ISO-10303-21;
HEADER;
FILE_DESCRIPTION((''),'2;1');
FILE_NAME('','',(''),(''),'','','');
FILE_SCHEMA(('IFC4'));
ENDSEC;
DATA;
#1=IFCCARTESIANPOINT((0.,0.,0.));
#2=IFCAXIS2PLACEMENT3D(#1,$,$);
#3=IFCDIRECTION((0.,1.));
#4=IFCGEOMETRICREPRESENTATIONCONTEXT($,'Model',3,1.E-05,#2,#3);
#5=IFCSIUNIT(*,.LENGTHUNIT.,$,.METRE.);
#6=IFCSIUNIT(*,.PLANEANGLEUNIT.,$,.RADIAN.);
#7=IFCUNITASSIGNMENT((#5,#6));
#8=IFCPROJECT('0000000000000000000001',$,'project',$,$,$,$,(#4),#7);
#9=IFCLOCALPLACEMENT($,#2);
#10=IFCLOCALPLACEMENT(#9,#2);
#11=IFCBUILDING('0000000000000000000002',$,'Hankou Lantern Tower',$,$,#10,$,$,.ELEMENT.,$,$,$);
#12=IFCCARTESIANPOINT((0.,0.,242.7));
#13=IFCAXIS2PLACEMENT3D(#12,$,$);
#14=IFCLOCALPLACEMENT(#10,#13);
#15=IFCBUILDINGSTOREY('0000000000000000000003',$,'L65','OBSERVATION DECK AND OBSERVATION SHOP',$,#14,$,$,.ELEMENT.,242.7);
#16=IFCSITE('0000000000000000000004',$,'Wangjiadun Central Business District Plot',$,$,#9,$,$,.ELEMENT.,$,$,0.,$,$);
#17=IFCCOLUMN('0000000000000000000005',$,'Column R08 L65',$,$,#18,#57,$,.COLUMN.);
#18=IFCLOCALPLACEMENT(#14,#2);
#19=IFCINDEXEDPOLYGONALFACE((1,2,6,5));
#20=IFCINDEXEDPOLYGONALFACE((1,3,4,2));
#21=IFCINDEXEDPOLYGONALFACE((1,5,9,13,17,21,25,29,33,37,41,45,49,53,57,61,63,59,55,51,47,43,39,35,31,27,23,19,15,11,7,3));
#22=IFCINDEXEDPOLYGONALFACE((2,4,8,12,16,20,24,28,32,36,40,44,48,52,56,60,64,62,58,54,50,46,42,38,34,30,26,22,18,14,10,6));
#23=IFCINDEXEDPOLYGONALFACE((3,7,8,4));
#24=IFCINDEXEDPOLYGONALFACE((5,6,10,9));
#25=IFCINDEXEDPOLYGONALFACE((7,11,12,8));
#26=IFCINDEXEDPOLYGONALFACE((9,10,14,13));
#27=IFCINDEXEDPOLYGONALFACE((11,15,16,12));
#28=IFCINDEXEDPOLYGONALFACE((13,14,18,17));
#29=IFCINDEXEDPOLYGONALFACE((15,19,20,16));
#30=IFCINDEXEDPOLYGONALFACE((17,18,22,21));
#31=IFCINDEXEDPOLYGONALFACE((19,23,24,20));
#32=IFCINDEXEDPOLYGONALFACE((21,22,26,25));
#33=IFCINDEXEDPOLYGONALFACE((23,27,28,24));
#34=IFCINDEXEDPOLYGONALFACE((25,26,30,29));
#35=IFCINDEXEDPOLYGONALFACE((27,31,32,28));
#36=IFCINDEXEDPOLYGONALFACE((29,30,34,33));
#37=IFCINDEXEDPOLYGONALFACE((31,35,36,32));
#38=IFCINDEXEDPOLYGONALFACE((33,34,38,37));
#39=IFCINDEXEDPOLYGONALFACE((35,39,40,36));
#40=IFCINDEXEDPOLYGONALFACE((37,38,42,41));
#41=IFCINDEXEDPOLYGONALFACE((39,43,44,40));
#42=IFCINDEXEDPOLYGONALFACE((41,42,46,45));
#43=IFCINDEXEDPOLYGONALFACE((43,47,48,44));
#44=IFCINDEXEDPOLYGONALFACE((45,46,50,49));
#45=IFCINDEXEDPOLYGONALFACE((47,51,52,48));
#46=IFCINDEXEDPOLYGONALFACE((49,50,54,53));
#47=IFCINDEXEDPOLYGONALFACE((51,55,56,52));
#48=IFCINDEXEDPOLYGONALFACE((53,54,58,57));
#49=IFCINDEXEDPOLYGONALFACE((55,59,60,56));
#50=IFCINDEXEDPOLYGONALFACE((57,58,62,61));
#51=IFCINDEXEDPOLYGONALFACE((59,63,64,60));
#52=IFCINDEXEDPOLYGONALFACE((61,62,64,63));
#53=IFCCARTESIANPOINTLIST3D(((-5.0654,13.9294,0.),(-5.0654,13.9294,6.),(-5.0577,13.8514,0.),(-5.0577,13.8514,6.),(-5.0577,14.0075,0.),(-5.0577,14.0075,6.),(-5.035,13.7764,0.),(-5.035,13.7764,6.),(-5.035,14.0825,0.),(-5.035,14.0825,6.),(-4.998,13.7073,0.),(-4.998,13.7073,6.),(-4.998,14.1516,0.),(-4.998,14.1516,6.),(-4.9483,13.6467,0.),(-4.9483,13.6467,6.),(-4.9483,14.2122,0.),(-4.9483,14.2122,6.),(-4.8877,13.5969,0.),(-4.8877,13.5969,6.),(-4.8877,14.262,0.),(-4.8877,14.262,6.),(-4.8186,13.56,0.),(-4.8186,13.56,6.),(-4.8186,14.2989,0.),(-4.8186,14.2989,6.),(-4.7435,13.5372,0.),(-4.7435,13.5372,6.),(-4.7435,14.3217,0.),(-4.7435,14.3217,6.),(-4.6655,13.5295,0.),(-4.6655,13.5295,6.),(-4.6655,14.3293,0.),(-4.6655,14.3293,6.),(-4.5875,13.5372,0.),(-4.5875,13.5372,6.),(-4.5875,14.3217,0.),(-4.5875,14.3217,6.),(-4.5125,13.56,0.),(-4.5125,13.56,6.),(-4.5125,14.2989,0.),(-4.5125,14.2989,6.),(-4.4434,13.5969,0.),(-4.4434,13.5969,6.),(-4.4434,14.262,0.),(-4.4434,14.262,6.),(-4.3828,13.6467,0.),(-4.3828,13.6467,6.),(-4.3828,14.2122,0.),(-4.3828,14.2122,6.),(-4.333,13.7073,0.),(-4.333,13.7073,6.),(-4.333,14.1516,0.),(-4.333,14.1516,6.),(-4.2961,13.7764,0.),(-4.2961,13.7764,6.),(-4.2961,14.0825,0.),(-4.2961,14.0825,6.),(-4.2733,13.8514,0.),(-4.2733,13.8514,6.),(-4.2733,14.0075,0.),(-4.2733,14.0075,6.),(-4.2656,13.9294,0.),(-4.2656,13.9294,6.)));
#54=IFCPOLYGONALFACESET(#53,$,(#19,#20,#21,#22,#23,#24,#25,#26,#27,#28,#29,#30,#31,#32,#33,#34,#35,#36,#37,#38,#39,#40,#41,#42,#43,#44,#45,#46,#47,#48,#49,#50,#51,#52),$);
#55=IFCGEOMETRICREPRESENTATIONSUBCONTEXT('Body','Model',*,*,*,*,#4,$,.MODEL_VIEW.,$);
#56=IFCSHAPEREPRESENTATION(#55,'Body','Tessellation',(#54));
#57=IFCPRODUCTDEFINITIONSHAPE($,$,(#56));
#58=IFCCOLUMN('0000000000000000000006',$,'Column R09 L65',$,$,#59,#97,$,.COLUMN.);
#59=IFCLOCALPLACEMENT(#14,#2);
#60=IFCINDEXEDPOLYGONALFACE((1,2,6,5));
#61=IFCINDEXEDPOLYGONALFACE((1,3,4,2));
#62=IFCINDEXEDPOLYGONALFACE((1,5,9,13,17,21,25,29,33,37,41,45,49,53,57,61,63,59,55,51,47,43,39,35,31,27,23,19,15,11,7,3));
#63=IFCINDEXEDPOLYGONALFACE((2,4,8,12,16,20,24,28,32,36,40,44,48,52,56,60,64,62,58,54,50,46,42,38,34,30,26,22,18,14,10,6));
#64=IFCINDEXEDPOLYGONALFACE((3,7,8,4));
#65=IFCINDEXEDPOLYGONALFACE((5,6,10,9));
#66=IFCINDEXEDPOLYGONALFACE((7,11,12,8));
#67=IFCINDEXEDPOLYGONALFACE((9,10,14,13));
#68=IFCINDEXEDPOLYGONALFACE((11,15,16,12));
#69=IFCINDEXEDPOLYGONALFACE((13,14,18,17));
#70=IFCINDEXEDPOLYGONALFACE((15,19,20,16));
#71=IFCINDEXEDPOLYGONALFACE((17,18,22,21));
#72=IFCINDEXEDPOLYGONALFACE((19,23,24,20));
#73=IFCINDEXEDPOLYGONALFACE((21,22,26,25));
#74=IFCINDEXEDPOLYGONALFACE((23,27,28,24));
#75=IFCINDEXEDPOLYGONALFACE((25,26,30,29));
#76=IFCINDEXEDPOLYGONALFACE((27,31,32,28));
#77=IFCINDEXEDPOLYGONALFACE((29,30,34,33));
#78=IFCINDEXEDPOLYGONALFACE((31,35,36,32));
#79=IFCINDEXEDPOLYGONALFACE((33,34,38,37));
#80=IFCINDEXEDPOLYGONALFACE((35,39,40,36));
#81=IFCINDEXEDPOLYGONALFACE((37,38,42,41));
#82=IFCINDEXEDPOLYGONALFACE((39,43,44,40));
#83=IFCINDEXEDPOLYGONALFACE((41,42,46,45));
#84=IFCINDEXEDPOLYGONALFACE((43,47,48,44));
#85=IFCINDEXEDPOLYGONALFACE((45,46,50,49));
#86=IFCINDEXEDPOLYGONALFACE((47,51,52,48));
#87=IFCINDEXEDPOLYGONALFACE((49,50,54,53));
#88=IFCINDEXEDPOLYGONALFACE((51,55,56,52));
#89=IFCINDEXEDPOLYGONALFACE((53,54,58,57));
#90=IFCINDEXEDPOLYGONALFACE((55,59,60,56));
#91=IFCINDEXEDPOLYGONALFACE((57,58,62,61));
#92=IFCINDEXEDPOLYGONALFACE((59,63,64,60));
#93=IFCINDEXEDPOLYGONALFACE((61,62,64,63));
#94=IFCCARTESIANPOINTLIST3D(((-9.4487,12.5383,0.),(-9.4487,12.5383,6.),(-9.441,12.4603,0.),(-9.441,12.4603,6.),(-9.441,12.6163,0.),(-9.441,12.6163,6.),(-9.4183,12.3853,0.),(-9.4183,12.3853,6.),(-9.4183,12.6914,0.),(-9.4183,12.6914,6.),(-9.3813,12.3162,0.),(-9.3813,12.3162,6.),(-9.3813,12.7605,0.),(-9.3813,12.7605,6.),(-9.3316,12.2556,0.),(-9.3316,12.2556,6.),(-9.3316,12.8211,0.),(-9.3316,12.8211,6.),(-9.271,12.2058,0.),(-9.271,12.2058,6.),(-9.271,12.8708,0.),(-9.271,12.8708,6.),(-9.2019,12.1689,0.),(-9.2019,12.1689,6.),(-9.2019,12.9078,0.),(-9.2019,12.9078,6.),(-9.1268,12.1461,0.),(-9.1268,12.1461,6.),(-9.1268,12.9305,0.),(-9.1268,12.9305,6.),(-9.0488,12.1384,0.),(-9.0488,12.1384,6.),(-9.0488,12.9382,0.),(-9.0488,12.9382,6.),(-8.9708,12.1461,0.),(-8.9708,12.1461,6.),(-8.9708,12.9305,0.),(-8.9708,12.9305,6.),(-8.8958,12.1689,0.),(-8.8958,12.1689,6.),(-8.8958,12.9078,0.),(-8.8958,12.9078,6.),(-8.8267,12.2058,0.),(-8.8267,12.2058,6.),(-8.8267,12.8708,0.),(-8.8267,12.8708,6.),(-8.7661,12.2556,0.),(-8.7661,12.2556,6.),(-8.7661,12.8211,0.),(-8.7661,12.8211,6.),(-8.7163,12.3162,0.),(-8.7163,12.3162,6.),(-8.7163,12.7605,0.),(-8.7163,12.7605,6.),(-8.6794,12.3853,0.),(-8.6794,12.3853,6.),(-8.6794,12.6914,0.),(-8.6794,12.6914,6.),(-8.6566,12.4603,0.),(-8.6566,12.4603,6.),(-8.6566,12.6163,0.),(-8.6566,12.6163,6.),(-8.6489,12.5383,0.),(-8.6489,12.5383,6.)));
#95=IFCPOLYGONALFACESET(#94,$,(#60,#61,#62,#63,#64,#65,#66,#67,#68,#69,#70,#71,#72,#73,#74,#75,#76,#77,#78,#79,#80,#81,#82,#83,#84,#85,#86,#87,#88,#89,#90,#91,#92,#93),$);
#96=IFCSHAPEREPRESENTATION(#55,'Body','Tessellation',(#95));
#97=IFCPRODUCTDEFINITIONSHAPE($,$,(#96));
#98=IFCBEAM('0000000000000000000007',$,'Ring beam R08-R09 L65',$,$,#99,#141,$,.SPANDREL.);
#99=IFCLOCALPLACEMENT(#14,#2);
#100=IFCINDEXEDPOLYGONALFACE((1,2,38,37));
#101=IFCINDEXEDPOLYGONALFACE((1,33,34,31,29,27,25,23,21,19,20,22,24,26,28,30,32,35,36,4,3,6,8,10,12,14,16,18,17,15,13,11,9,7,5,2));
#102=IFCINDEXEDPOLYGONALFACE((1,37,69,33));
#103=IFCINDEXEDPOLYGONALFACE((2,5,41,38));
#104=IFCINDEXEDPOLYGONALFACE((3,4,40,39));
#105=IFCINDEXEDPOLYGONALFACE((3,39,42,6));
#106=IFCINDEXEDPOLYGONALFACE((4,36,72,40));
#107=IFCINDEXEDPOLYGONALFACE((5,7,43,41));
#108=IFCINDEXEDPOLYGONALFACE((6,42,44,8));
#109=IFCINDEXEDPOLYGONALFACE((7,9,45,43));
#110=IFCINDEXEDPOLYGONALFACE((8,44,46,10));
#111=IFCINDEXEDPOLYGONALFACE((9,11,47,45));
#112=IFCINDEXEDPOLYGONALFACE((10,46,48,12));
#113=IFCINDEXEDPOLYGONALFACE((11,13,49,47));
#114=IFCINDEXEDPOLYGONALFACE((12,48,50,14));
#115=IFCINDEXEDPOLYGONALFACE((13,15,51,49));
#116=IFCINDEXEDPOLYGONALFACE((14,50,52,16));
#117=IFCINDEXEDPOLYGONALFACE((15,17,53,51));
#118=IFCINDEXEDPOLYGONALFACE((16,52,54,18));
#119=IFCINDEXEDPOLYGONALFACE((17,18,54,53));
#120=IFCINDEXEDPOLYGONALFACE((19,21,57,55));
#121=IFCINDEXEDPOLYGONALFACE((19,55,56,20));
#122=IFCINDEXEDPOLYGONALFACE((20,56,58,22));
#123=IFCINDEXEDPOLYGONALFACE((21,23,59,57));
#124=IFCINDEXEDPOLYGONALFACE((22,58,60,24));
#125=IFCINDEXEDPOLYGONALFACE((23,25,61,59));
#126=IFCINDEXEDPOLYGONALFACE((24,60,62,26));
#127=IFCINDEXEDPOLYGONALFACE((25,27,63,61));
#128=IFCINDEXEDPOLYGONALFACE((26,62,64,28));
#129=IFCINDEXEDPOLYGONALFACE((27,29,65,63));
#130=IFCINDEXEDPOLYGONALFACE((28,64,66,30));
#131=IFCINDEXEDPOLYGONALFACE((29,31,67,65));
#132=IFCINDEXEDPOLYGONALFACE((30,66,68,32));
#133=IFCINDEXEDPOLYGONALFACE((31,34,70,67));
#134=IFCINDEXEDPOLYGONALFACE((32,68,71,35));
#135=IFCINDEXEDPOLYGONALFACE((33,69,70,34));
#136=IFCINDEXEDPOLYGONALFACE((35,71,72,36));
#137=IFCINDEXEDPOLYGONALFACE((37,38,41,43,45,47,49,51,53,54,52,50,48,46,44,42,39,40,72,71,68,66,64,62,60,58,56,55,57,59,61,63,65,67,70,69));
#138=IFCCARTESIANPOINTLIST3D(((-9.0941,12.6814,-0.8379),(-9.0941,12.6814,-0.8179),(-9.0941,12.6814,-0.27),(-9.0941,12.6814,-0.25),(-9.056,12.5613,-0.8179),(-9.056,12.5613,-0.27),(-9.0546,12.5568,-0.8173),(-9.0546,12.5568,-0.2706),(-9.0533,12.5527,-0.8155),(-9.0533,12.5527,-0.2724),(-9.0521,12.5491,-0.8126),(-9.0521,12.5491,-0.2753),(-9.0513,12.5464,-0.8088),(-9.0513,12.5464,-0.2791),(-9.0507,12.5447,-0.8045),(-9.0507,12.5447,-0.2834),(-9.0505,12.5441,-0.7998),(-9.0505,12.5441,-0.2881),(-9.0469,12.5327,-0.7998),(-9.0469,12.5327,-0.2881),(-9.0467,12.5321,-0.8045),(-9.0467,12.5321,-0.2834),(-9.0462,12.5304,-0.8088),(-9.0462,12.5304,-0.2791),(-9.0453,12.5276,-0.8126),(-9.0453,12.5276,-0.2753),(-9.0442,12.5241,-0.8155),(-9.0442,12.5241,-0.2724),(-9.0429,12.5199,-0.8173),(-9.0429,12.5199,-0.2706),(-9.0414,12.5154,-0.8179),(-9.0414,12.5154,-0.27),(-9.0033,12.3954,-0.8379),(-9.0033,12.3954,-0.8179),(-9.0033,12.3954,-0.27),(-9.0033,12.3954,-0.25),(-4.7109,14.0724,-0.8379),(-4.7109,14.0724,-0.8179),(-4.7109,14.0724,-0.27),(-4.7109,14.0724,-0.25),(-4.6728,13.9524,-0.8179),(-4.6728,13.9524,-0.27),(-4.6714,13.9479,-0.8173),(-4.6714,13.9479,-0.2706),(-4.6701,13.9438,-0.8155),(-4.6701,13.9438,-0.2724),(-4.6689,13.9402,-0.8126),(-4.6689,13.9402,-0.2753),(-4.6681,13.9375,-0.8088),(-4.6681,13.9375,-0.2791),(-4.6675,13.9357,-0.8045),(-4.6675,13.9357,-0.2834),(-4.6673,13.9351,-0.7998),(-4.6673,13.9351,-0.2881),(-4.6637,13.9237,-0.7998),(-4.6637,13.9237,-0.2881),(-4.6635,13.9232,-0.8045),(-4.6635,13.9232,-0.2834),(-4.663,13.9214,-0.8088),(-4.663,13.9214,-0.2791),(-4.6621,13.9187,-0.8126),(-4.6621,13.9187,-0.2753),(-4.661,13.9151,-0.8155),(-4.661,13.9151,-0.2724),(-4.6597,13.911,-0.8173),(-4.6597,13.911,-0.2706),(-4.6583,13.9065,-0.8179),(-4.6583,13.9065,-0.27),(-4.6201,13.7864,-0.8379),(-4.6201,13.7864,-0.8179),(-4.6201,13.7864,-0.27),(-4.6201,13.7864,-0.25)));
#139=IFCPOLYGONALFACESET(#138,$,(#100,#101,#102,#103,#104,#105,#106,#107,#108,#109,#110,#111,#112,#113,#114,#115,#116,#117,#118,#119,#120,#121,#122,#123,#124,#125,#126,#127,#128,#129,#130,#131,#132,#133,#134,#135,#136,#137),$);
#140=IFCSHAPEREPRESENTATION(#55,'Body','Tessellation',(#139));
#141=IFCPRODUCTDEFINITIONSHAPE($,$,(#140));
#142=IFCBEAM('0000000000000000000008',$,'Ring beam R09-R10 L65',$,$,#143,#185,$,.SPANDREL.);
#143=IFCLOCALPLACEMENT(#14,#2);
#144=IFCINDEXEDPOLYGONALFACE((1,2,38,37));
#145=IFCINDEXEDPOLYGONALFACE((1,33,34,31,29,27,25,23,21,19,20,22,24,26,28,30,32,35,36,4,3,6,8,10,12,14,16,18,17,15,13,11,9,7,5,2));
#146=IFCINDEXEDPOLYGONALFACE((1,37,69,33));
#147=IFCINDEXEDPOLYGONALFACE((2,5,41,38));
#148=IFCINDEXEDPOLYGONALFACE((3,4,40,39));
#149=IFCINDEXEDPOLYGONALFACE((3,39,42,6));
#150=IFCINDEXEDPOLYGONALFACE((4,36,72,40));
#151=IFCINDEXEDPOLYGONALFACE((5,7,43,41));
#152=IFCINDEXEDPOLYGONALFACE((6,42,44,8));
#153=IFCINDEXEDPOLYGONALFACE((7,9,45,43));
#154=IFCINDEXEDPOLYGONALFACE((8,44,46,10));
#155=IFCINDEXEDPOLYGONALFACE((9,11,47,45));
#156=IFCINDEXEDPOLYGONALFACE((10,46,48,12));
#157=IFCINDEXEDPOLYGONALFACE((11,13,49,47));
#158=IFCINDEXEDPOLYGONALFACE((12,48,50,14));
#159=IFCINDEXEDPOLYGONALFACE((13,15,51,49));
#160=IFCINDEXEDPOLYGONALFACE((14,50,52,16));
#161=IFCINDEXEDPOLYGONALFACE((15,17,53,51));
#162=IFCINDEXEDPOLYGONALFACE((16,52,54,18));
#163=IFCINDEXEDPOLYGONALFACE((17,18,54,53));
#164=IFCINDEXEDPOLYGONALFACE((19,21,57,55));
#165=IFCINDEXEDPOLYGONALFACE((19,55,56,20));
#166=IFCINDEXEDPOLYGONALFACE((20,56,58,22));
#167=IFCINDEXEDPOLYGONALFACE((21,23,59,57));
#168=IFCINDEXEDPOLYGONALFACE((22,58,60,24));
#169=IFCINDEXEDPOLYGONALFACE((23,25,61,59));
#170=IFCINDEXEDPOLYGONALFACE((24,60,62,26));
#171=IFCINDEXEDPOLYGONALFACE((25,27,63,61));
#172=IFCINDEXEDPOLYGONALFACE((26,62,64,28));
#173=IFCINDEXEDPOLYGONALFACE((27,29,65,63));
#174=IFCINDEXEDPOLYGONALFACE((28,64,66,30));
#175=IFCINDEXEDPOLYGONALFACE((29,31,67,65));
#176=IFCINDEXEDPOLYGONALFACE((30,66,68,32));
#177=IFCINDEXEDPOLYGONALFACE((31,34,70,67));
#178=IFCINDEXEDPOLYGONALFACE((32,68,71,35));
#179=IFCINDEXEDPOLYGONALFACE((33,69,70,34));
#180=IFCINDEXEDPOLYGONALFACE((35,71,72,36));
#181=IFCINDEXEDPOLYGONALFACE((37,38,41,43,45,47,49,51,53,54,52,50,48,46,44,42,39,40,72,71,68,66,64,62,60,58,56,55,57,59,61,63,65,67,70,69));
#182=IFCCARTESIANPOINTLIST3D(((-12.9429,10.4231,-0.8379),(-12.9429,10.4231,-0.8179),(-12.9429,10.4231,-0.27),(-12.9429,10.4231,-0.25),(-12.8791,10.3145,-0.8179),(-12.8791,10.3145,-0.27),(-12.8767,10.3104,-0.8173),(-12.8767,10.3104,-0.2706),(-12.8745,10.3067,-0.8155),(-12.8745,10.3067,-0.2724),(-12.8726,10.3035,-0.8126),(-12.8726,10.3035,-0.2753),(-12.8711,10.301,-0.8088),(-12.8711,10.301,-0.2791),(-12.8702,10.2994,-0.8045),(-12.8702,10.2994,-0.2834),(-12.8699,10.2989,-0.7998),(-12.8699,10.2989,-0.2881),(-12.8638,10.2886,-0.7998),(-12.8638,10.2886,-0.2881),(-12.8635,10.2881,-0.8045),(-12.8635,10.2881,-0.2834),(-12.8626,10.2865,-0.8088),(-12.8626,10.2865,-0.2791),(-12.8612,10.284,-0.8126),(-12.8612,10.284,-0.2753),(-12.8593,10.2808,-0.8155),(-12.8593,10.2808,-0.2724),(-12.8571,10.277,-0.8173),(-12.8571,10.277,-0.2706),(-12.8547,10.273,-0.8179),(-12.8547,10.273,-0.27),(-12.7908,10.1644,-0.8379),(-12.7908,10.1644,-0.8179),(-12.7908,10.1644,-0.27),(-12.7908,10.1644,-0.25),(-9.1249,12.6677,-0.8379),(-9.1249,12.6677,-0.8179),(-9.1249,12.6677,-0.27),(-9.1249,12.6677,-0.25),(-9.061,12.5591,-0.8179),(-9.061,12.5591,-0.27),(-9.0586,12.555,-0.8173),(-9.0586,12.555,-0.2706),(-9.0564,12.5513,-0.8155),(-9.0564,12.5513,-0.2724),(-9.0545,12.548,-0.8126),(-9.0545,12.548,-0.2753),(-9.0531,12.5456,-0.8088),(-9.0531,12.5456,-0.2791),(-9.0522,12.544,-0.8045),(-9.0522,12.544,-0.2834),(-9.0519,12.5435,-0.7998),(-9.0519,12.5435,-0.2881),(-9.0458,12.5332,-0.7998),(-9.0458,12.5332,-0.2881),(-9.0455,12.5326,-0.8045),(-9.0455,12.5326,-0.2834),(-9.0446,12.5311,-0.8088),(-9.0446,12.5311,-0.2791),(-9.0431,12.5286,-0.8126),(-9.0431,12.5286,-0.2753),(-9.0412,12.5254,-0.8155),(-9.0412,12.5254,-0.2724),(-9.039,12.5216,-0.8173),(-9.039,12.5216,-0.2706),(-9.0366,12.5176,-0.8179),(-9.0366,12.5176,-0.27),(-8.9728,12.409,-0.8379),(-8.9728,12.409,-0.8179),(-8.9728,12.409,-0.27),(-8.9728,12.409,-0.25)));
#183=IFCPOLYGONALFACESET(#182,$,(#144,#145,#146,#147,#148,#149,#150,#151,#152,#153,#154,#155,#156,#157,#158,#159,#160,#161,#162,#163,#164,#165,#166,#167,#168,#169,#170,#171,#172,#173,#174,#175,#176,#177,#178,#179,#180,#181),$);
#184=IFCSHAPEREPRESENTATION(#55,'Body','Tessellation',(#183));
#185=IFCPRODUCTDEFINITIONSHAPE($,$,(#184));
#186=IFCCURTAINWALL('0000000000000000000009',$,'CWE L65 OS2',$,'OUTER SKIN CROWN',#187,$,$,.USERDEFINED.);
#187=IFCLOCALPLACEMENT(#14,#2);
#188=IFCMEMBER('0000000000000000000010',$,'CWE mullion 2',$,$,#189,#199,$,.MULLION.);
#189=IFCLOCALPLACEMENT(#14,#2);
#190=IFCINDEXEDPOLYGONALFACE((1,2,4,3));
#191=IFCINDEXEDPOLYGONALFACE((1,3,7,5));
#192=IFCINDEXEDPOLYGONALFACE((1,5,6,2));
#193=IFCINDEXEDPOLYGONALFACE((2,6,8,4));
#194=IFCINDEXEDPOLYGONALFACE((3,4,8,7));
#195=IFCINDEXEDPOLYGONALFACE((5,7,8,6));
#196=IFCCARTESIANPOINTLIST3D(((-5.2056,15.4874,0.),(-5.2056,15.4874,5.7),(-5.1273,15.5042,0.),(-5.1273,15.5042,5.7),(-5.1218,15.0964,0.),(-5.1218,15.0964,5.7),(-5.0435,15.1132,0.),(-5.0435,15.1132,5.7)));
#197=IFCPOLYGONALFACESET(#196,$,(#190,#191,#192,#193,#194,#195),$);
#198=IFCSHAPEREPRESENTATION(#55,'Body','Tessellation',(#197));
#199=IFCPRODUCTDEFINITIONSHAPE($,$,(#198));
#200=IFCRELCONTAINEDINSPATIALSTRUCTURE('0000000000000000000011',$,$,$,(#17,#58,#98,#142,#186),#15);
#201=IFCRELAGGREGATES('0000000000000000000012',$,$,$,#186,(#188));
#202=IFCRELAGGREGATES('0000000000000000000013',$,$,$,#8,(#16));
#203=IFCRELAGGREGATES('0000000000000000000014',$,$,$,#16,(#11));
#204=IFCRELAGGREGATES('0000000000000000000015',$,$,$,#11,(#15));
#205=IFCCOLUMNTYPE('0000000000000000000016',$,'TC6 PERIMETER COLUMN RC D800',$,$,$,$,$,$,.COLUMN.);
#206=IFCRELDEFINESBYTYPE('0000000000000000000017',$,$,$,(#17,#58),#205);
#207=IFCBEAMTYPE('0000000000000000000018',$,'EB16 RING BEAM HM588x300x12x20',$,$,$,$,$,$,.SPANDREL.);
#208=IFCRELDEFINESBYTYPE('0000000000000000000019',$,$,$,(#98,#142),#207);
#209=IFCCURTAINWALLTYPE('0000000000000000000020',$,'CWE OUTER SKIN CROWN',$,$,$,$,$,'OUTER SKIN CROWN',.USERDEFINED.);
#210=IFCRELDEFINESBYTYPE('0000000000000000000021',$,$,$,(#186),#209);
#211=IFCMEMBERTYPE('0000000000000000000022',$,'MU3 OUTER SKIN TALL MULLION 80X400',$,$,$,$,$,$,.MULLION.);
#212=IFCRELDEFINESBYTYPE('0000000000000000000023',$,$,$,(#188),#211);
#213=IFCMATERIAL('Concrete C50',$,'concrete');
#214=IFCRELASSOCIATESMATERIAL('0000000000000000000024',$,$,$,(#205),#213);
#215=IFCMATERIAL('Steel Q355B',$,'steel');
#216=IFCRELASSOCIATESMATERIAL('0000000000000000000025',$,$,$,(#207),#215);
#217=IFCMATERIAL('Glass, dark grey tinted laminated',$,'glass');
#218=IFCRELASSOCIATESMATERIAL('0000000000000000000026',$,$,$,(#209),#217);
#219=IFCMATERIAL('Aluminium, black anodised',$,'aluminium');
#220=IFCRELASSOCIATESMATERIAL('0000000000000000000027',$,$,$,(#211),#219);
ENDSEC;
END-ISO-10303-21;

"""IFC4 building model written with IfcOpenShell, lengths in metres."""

from ifc_helpers import new_model, si_unit, direction, frame, origin, origin_2d, place, context, subcontext, project, spatial, rectangle, circle, i_section, extrude, material, material_profile, profile_set, type_object, element, aggregate, save


model = new_model("IFC4")

# Units and contexts
model_context = context("Model", 3, precision=1e-05, world=origin(), true_north=direction((0.0, 1.0)))
body_context = subcontext(model_context, "Body", "Model", "MODEL_VIEW")
ifc_project = project(units=[si_unit("LENGTHUNIT", "METRE"), si_unit("PLANEANGLEUNIT", "RADIAN")], contexts=[model_context])

# Site, building, storey
site_placement = place(None, origin())
site = spatial("IfcSite", under=ifc_project, at=site_placement, Name="Wangjiadun Central Business District Plot", CompositionType="ELEMENT", RefElevation=0.0)
building_placement = place(site_placement, origin())
building = spatial("IfcBuilding", under=site, at=building_placement, Name="Hankou Lantern Tower", CompositionType="ELEMENT")
storey_placement = place(building_placement, frame((0.0, 0.0, 242.7)))
storey = spatial("IfcBuildingStorey", under=building, at=storey_placement, Name="L65", Description="OBSERVATION DECK AND OBSERVATION SHOP", CompositionType="ELEMENT", Elevation=242.7)

# Columns
ifc_material_1 = material(Name="Concrete C50", Category="concrete")
ifc_material_profile_1 = material_profile(ifc_material_1, circle(Radius=0.3999, at=origin_2d()), Name="RC D800")
ifc_profile_set_1 = profile_set([ifc_material_profile_1], Name="Concrete C50")
column_type = type_object("IfcColumnType", Name="TC6 PERIMETER COLUMN RC D800", PredefinedType="COLUMN", material=ifc_profile_set_1)
for number, where, z_axis, x_axis, name in (
    (1, (-4.6655, 13.9294, 0.0), (0.0, 0.0, 1.0), (1.0, 0.0, 0.0), "Column R08 L65"),
    (2, (-9.0488, 12.5383, 0.0), (0.0, 0.0, 1.0), (1.0, 0.0, 0.0), "Column R09 L65"),
):
    element("IfcColumn", number, at=place(storey_placement, frame(where, z_axis=z_axis, x_axis=x_axis)), inside=storey, type_object=column_type, Name=name, PredefinedType="COLUMN", context=body_context, shape_type="SweptSolid", body=[
        extrude(circle(Radius=0.3999, at=origin_2d()), origin(), (0.0, 0.0, 1.0), 6.0),
    ])

# Beams
ifc_material_2 = material(Name="Steel Q355B", Category="steel")
ifc_material_profile_2 = material_profile(ifc_material_2, i_section(OverallWidth=0.3, OverallDepth=0.5879, WebThickness=0.012, FlangeThickness=0.02, FilletRadius=0.0181, at=origin_2d()), Name="HM588x300x12x20")
ifc_profile_set_2 = profile_set([ifc_material_profile_2], Name="Steel Q355B")
beam_type_1 = type_object("IfcBeamType", Name="EB16 RING BEAM HM588x300x12x20", PredefinedType="SPANDREL", material=ifc_profile_set_2)
beam_1_placement = place(storey_placement, frame((-4.6655, 13.9294, -0.5439), z_axis=(-0.95315, -0.302498, 0.0), x_axis=(0.302498, -0.95315, 0.0)))
element("IfcBeam", 3, at=beam_1_placement, inside=storey, type_object=beam_type_1, Name="Ring beam R08-R09 L65", PredefinedType="SPANDREL", context=body_context, shape_type="SweptSolid", body=[
    extrude(i_section(OverallWidth=0.3, OverallDepth=0.5879, WebThickness=0.012, FlangeThickness=0.02, FilletRadius=0.0181, at=origin_2d()), origin(), (0.0, 0.0, 1.0), 4.5986),
])
beam_2_placement = place(storey_placement, frame((-9.0488, 12.5383, -0.5439), z_axis=(-0.862065, -0.506798, 0.0), x_axis=(0.506798, -0.862065, 0.0)))
element("IfcBeam", 4, at=beam_2_placement, inside=storey, type_object=beam_type_1, Name="Ring beam R09-R10 L65", PredefinedType="SPANDREL", context=body_context, shape_type="SweptSolid", body=[
    extrude(i_section(OverallWidth=0.3, OverallDepth=0.5879, WebThickness=0.012, FlangeThickness=0.02, FilletRadius=0.0181, at=origin_2d()), origin(), (0.0, 0.0, 1.0), 4.429),
])

# Curtain wall, member
ifc_material_3 = material(Name="Glass, dark grey tinted laminated", Category="glass")
curtain_wall_type = type_object("IfcCurtainWallType", Name="CWE OUTER SKIN CROWN", ElementType="OUTER SKIN CROWN", PredefinedType="USERDEFINED", material=ifc_material_3)
curtain_wall_placement = place(storey_placement, origin())
curtain_wall = element("IfcCurtainWall", 5, at=curtain_wall_placement, inside=storey, type_object=curtain_wall_type, Name="CWE L65 OS2", ObjectType="OUTER SKIN CROWN", PredefinedType="USERDEFINED")
ifc_material_4 = material(Name="Aluminium, black anodised", Category="aluminium")
ifc_material_profile_3 = material_profile(ifc_material_4, rectangle(XDim=0.0801, YDim=0.3999, at=origin_2d()), Name="MU3 80X400")
ifc_profile_set_3 = profile_set([ifc_material_profile_3], Name="Aluminium, black anodised")
member_type_1 = type_object("IfcMemberType", Name="MU3 OUTER SKIN TALL MULLION 80X400", PredefinedType="MULLION", material=ifc_profile_set_3)
member_1_placement = place(storey_placement, frame((-5.1245, 15.3003, 0.0), z_axis=(0.0, 0.0, 1.0), x_axis=(-0.977788, -0.209598, 0.0)))
member_1 = element("IfcMember", 6, at=member_1_placement, type_object=member_type_1, Name="CWE mullion 2", PredefinedType="MULLION", context=body_context, shape_type="SweptSolid", body=[
    extrude(rectangle(XDim=0.0801, YDim=0.3999, at=origin_2d()), origin(), (0.0, 0.0, 1.0), 5.7),
])

aggregate(curtain_wall, [member_1])

save(model, "model.ifc")
